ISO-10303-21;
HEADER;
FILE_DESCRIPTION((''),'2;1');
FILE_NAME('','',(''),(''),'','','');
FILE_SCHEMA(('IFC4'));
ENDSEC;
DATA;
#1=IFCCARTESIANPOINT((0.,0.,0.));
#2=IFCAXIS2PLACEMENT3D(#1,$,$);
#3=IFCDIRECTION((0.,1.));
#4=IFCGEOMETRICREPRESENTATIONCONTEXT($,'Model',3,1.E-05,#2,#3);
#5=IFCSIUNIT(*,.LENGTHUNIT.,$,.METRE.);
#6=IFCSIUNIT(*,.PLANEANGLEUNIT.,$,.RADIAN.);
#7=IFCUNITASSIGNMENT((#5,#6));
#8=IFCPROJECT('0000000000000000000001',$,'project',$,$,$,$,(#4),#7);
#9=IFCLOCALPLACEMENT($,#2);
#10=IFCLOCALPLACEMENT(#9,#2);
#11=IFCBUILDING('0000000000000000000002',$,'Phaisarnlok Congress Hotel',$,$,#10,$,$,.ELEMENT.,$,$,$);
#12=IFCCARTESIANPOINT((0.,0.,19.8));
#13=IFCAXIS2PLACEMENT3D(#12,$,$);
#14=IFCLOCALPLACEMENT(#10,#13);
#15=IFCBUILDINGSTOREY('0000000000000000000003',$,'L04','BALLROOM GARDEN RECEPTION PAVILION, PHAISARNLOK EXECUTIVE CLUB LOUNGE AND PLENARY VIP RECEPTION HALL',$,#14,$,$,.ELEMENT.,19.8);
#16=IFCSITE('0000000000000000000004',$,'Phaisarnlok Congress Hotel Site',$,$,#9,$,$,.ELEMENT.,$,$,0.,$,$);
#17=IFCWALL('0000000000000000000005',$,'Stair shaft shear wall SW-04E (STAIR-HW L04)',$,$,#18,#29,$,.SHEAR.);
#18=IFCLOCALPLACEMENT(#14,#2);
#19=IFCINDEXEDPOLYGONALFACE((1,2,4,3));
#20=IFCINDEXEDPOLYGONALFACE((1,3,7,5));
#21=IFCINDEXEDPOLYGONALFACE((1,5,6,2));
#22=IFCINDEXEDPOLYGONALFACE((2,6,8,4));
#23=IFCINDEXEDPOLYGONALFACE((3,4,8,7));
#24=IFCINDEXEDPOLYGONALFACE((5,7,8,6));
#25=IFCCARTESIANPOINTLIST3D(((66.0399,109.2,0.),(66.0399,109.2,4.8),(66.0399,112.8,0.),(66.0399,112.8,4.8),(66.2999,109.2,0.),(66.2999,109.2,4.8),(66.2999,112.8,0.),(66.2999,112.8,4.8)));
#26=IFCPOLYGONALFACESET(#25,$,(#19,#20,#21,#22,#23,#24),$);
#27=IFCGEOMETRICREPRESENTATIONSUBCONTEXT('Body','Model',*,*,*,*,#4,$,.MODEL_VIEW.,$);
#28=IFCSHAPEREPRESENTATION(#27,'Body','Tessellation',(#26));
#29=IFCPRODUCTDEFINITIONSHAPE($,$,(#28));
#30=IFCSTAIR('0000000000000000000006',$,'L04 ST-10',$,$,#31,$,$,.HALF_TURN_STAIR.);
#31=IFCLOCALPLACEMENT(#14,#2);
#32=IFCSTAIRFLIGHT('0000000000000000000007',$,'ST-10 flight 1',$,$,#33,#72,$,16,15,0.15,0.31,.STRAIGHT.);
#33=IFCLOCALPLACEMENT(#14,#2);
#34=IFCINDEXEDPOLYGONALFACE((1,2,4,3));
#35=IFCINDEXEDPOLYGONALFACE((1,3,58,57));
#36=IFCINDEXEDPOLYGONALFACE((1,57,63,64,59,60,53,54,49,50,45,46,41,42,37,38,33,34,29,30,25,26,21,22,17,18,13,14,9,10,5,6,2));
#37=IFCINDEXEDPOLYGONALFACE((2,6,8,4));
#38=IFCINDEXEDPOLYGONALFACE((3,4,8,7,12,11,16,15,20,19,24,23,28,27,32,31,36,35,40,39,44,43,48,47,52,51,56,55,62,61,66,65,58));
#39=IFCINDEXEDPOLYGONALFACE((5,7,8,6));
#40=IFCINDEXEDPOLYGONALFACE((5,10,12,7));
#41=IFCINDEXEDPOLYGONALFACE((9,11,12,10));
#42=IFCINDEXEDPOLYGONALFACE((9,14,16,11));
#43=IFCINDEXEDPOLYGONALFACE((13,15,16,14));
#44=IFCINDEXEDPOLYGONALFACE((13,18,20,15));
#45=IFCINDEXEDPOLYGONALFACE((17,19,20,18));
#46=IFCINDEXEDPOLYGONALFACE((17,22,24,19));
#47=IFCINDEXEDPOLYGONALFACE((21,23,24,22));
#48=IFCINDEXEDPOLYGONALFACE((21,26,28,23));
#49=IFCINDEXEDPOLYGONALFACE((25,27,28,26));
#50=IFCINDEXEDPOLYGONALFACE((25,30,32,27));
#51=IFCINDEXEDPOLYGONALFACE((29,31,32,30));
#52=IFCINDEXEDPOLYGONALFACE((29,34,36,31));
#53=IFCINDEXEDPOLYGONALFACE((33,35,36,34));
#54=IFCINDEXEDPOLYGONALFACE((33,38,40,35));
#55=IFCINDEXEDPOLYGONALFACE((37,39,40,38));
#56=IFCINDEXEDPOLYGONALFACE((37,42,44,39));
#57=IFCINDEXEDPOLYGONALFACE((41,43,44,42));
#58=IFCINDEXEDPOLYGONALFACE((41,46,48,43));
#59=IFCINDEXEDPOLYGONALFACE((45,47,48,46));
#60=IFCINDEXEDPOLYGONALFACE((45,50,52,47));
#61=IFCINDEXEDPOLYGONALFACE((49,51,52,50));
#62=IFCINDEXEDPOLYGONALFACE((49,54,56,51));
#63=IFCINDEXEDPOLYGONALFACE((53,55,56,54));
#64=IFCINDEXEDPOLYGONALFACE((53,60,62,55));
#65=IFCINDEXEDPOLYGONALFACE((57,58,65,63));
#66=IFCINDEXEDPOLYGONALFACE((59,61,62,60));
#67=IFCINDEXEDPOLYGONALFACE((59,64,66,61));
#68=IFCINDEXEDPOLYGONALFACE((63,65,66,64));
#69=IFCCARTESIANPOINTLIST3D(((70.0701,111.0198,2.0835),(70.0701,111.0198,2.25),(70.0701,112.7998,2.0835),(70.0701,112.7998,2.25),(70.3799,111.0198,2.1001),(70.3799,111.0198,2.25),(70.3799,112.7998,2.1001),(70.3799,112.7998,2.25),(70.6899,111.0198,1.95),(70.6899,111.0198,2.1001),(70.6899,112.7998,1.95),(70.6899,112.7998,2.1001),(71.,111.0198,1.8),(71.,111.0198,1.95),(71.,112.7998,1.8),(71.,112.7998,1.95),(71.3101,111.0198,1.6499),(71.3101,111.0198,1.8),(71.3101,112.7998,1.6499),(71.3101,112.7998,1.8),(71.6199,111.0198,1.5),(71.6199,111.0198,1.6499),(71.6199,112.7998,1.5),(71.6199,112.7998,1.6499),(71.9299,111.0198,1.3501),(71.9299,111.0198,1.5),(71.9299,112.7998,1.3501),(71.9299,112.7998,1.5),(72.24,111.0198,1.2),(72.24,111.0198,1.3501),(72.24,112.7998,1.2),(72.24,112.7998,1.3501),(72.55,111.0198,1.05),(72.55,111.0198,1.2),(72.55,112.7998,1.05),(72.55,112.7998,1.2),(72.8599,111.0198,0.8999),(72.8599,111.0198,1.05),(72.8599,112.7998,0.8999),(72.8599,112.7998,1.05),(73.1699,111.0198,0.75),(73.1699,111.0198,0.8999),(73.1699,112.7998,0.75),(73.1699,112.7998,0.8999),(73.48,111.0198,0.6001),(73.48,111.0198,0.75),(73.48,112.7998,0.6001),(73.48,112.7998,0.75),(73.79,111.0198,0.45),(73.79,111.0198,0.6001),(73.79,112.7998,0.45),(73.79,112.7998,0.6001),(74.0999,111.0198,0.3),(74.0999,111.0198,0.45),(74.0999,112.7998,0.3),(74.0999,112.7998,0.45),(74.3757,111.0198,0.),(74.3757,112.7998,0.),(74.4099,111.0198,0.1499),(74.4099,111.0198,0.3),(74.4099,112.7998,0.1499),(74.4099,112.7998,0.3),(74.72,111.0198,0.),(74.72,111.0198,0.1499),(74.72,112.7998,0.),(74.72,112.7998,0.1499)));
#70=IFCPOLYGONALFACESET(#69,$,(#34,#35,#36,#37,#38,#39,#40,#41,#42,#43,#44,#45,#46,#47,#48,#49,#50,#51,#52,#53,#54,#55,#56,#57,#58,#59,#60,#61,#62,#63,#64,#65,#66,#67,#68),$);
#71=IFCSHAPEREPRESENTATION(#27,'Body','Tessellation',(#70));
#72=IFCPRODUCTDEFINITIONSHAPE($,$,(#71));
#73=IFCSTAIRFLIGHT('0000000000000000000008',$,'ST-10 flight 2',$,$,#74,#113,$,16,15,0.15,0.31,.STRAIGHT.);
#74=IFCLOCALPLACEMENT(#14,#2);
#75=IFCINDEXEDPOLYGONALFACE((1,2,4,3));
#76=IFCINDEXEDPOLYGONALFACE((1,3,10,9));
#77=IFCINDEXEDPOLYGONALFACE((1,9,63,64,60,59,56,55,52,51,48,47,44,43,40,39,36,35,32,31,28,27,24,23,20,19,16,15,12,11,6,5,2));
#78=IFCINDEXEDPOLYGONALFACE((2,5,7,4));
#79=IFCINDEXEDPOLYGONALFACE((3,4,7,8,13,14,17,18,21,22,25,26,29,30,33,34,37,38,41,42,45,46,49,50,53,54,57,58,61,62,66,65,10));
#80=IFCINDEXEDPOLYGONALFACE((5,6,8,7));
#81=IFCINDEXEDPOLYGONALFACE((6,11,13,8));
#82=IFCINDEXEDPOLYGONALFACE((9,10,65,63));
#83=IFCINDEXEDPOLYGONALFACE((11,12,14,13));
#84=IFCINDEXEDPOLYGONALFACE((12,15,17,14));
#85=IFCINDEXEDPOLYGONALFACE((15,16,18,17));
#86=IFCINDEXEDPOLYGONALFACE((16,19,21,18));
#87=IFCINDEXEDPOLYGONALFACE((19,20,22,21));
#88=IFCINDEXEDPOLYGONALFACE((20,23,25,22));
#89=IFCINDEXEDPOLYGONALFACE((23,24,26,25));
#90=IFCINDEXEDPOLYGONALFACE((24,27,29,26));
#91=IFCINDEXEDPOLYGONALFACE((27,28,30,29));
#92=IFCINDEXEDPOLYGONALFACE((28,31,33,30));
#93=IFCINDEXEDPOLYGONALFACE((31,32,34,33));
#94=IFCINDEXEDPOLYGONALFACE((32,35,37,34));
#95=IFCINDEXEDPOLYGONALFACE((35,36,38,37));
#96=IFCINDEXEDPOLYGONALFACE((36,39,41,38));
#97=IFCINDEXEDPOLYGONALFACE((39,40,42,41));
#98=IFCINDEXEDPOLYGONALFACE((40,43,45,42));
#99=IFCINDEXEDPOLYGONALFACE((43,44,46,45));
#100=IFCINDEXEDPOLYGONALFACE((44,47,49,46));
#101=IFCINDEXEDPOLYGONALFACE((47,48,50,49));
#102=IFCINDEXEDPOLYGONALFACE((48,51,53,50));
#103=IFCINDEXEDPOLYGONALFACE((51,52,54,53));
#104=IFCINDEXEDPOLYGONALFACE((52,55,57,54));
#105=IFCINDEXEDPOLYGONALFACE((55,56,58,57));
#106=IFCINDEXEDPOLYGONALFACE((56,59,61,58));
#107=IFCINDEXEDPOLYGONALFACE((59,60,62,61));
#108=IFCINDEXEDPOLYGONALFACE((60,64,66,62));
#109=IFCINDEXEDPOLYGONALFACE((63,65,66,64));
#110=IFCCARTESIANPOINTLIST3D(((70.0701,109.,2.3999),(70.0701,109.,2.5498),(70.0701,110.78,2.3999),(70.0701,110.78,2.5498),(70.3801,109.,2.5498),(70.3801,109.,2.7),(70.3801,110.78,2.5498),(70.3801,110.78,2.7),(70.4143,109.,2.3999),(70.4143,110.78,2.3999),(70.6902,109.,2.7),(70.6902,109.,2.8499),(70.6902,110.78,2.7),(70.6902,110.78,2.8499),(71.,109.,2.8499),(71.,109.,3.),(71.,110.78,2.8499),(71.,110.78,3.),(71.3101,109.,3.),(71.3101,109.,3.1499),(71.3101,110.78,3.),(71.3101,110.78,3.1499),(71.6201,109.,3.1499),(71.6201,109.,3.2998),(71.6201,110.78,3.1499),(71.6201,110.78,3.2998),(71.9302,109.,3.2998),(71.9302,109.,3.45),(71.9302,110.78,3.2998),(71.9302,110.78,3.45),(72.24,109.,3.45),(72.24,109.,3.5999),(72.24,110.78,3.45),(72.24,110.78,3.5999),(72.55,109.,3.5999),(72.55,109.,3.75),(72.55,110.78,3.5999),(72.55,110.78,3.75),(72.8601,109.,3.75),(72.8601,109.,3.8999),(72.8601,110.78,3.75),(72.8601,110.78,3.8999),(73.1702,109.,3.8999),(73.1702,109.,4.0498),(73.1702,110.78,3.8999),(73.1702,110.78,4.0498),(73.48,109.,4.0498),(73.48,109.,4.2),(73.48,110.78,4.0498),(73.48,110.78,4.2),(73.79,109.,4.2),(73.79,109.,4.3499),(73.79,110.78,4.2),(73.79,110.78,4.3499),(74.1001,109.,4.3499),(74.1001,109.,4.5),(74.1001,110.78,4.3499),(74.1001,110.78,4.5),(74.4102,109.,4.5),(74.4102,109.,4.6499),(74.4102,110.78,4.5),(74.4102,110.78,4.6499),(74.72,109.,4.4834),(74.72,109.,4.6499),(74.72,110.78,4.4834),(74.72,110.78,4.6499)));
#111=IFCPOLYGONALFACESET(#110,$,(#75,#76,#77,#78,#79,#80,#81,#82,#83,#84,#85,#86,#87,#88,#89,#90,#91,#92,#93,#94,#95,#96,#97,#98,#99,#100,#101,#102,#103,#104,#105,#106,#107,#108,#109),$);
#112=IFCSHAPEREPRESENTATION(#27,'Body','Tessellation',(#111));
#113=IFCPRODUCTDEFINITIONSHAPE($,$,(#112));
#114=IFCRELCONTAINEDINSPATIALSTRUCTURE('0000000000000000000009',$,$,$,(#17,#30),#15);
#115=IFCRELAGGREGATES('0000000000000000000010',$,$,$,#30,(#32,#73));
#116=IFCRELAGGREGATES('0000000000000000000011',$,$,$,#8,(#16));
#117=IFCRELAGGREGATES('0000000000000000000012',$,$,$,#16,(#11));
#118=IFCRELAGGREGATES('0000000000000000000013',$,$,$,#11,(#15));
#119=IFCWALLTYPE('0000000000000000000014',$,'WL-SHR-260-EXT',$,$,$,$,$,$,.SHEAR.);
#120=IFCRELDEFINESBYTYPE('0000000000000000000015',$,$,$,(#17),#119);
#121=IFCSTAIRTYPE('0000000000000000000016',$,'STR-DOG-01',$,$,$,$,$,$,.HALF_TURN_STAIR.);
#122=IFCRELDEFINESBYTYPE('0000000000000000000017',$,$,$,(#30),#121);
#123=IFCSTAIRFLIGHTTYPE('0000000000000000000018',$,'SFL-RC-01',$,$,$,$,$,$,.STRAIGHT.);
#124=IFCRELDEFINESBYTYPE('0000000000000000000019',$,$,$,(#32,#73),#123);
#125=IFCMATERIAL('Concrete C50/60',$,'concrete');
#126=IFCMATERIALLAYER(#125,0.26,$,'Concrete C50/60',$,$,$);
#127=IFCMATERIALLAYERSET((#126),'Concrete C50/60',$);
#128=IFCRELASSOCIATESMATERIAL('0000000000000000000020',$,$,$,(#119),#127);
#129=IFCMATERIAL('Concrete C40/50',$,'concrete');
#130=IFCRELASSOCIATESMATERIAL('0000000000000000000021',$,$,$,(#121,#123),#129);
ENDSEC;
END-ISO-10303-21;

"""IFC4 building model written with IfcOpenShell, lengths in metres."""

from ifc_helpers import new_model, si_unit, direction, frame, frame_2d, origin, place, context, subcontext, project, spatial, polyline, rectangle, outline, extrude, material, layer, layer_set, type_object, element, aggregate, save


model = new_model("IFC4")

# Units and contexts
model_context = context("Model", 3, precision=1e-05, world=origin(), true_north=direction((0.0, 1.0)))
body_context = subcontext(model_context, "Body", "Model", "MODEL_VIEW")
ifc_project = project(units=[si_unit("LENGTHUNIT", "METRE"), si_unit("PLANEANGLEUNIT", "RADIAN")], contexts=[model_context])

# Site, building, storey
site_placement = place(None, origin())
site = spatial("IfcSite", under=ifc_project, at=site_placement, Name="Phaisarnlok Congress Hotel Site", CompositionType="ELEMENT", RefElevation=0.0)
building_placement = place(site_placement, origin())
building = spatial("IfcBuilding", under=site, at=building_placement, Name="Phaisarnlok Congress Hotel", CompositionType="ELEMENT")
storey_placement = place(building_placement, frame((0.0, 0.0, 19.8)))
storey = spatial("IfcBuildingStorey", under=building, at=storey_placement, Name="L04", Description="BALLROOM GARDEN RECEPTION PAVILION, PHAISARNLOK EXECUTIVE CLUB LOUNGE AND PLENARY VIP RECEPTION HALL", CompositionType="ELEMENT", Elevation=19.8)

# Shared definitions
ifc_material_1 = material(Name="Concrete C50/60", Category="concrete")

# Shared definitions
ifc_material_2 = material(Name="Concrete C40/50", Category="concrete")

# Wall
ifc_layer_1 = layer(ifc_material_1, 0.26, Name="Concrete C50/60")
ifc_layer_set_1 = layer_set([ifc_layer_1], Name="Concrete C50/60")
wall_type_1 = type_object("IfcWallType", Name="WL-SHR-260-EXT", PredefinedType="SHEAR", material=ifc_layer_set_1)
wall_1_placement = place(storey_placement, frame((66.1699, 109.2, 0.0), z_axis=(0.0, 0.0, 1.0), x_axis=(0.0, 1.0, 0.0)))
element("IfcWall", 1, at=wall_1_placement, inside=storey, type_object=wall_type_1, Name="Stair shaft shear wall SW-04E (STAIR-HW L04)", PredefinedType="SHEAR", context=body_context, shape_type="SweptSolid", body=[
    extrude(rectangle(XDim=3.6001, YDim=0.26, at=frame_2d((1.8, 0.0))), origin(), (0.0, 0.0, 1.0), 4.8),
])

# Stair, stair flights
stair_type = type_object("IfcStairType", Name="STR-DOG-01", PredefinedType="HALF_TURN_STAIR", material=ifc_material_2)
stair_placement = place(storey_placement, origin())
stair = element("IfcStair", 2, at=stair_placement, inside=storey, type_object=stair_type, Name="L04 ST-10", PredefinedType="HALF_TURN_STAIR")
stair_flight_type = type_object("IfcStairFlightType", Name="SFL-RC-01", PredefinedType="STRAIGHT", material=ifc_material_2)
stair_flight_1_placement = place(storey_placement, frame((74.72, 111.9099, 0.0), z_axis=(0.0, 0.0, 1.0), x_axis=(-1.0, 0.0, 0.0)))
stair_flight_1 = element("IfcStairFlight", 3, at=stair_flight_1_placement, type_object=stair_flight_type, Name="ST-10 flight 1", NumberOfRisers=16, NumberOfTreads=15, PredefinedType="STRAIGHT", RiserHeight=0.15, TreadLength=0.31, context=body_context, shape_type="SweptSolid", body=[
    extrude(outline(polyline([(0.0, 0.0), (0.0, 0.1499), (0.3101, 0.1499), (0.3101, 0.3), (0.6201, 0.3), (0.6201, 0.45), (0.9299, 0.45), (0.9299, 0.6001), (1.24, 0.6001), (1.24, 0.75), (1.55, 0.75), (1.55, 0.8999), (1.8601, 0.8999), (1.8601, 1.05), (2.1699, 1.05), (2.1699, 1.2), (2.48, 1.2), (2.48, 1.3501), (2.79, 1.3501), (2.79, 1.5), (3.1001, 1.5), (3.1001, 1.6499), (3.4099, 1.6499), (3.4099, 1.8), (3.72, 1.8), (3.72, 1.95), (4.03, 1.95), (4.03, 2.1001), (4.3401, 2.1001), (4.3401, 2.25), (4.6499, 2.25), (4.6499, 2.3999), (4.6499, 2.0835), (0.3442, 0.0), (0.0, 0.0)])), frame((0.0, 0.8901, 0.0), z_axis=(0.0, -1.0, 0.0), x_axis=(1.0, 0.0, 0.0)), (0.0, 0.0, 1.0), 1.78),
])
stair_flight_2_placement = place(storey_placement, frame((70.0701, 109.8899, 2.3999), z_axis=(0.0, 0.0, 1.0), x_axis=(1.0, 0.0, 0.0)))
stair_flight_2 = element("IfcStairFlight", 4, at=stair_flight_2_placement, type_object=stair_flight_type, Name="ST-10 flight 2", NumberOfRisers=16, NumberOfTreads=15, PredefinedType="STRAIGHT", RiserHeight=0.15, TreadLength=0.31, context=body_context, shape_type="SweptSolid", body=[
    extrude(outline(polyline([(0.0, 0.0), (0.0, 0.1499), (0.3101, 0.1499), (0.3101, 0.3), (0.6201, 0.3), (0.6201, 0.45), (0.9299, 0.45), (0.9299, 0.6001), (1.24, 0.6001), (1.24, 0.75), (1.55, 0.75), (1.55, 0.8999), (1.8601, 0.8999), (1.8601, 1.05), (2.1699, 1.05), (2.1699, 1.2), (2.48, 1.2), (2.48, 1.3501), (2.79, 1.3501), (2.79, 1.5), (3.1001, 1.5), (3.1001, 1.6499), (3.4099, 1.6499), (3.4099, 1.8), (3.72, 1.8), (3.72, 1.95), (4.03, 1.95), (4.03, 2.1001), (4.3401, 2.1001), (4.3401, 2.25), (4.6499, 2.25), (4.6499, 2.3999), (4.6499, 2.0835), (0.3442, 0.0), (0.0, 0.0)])), frame((0.0, 0.8901, 0.0), z_axis=(0.0, -1.0, 0.0), x_axis=(1.0, 0.0, 0.0)), (0.0, 0.0, 1.0), 1.78),
])
aggregate(stair, [stair_flight_1, stair_flight_2])

save(model, "model.ifc")
